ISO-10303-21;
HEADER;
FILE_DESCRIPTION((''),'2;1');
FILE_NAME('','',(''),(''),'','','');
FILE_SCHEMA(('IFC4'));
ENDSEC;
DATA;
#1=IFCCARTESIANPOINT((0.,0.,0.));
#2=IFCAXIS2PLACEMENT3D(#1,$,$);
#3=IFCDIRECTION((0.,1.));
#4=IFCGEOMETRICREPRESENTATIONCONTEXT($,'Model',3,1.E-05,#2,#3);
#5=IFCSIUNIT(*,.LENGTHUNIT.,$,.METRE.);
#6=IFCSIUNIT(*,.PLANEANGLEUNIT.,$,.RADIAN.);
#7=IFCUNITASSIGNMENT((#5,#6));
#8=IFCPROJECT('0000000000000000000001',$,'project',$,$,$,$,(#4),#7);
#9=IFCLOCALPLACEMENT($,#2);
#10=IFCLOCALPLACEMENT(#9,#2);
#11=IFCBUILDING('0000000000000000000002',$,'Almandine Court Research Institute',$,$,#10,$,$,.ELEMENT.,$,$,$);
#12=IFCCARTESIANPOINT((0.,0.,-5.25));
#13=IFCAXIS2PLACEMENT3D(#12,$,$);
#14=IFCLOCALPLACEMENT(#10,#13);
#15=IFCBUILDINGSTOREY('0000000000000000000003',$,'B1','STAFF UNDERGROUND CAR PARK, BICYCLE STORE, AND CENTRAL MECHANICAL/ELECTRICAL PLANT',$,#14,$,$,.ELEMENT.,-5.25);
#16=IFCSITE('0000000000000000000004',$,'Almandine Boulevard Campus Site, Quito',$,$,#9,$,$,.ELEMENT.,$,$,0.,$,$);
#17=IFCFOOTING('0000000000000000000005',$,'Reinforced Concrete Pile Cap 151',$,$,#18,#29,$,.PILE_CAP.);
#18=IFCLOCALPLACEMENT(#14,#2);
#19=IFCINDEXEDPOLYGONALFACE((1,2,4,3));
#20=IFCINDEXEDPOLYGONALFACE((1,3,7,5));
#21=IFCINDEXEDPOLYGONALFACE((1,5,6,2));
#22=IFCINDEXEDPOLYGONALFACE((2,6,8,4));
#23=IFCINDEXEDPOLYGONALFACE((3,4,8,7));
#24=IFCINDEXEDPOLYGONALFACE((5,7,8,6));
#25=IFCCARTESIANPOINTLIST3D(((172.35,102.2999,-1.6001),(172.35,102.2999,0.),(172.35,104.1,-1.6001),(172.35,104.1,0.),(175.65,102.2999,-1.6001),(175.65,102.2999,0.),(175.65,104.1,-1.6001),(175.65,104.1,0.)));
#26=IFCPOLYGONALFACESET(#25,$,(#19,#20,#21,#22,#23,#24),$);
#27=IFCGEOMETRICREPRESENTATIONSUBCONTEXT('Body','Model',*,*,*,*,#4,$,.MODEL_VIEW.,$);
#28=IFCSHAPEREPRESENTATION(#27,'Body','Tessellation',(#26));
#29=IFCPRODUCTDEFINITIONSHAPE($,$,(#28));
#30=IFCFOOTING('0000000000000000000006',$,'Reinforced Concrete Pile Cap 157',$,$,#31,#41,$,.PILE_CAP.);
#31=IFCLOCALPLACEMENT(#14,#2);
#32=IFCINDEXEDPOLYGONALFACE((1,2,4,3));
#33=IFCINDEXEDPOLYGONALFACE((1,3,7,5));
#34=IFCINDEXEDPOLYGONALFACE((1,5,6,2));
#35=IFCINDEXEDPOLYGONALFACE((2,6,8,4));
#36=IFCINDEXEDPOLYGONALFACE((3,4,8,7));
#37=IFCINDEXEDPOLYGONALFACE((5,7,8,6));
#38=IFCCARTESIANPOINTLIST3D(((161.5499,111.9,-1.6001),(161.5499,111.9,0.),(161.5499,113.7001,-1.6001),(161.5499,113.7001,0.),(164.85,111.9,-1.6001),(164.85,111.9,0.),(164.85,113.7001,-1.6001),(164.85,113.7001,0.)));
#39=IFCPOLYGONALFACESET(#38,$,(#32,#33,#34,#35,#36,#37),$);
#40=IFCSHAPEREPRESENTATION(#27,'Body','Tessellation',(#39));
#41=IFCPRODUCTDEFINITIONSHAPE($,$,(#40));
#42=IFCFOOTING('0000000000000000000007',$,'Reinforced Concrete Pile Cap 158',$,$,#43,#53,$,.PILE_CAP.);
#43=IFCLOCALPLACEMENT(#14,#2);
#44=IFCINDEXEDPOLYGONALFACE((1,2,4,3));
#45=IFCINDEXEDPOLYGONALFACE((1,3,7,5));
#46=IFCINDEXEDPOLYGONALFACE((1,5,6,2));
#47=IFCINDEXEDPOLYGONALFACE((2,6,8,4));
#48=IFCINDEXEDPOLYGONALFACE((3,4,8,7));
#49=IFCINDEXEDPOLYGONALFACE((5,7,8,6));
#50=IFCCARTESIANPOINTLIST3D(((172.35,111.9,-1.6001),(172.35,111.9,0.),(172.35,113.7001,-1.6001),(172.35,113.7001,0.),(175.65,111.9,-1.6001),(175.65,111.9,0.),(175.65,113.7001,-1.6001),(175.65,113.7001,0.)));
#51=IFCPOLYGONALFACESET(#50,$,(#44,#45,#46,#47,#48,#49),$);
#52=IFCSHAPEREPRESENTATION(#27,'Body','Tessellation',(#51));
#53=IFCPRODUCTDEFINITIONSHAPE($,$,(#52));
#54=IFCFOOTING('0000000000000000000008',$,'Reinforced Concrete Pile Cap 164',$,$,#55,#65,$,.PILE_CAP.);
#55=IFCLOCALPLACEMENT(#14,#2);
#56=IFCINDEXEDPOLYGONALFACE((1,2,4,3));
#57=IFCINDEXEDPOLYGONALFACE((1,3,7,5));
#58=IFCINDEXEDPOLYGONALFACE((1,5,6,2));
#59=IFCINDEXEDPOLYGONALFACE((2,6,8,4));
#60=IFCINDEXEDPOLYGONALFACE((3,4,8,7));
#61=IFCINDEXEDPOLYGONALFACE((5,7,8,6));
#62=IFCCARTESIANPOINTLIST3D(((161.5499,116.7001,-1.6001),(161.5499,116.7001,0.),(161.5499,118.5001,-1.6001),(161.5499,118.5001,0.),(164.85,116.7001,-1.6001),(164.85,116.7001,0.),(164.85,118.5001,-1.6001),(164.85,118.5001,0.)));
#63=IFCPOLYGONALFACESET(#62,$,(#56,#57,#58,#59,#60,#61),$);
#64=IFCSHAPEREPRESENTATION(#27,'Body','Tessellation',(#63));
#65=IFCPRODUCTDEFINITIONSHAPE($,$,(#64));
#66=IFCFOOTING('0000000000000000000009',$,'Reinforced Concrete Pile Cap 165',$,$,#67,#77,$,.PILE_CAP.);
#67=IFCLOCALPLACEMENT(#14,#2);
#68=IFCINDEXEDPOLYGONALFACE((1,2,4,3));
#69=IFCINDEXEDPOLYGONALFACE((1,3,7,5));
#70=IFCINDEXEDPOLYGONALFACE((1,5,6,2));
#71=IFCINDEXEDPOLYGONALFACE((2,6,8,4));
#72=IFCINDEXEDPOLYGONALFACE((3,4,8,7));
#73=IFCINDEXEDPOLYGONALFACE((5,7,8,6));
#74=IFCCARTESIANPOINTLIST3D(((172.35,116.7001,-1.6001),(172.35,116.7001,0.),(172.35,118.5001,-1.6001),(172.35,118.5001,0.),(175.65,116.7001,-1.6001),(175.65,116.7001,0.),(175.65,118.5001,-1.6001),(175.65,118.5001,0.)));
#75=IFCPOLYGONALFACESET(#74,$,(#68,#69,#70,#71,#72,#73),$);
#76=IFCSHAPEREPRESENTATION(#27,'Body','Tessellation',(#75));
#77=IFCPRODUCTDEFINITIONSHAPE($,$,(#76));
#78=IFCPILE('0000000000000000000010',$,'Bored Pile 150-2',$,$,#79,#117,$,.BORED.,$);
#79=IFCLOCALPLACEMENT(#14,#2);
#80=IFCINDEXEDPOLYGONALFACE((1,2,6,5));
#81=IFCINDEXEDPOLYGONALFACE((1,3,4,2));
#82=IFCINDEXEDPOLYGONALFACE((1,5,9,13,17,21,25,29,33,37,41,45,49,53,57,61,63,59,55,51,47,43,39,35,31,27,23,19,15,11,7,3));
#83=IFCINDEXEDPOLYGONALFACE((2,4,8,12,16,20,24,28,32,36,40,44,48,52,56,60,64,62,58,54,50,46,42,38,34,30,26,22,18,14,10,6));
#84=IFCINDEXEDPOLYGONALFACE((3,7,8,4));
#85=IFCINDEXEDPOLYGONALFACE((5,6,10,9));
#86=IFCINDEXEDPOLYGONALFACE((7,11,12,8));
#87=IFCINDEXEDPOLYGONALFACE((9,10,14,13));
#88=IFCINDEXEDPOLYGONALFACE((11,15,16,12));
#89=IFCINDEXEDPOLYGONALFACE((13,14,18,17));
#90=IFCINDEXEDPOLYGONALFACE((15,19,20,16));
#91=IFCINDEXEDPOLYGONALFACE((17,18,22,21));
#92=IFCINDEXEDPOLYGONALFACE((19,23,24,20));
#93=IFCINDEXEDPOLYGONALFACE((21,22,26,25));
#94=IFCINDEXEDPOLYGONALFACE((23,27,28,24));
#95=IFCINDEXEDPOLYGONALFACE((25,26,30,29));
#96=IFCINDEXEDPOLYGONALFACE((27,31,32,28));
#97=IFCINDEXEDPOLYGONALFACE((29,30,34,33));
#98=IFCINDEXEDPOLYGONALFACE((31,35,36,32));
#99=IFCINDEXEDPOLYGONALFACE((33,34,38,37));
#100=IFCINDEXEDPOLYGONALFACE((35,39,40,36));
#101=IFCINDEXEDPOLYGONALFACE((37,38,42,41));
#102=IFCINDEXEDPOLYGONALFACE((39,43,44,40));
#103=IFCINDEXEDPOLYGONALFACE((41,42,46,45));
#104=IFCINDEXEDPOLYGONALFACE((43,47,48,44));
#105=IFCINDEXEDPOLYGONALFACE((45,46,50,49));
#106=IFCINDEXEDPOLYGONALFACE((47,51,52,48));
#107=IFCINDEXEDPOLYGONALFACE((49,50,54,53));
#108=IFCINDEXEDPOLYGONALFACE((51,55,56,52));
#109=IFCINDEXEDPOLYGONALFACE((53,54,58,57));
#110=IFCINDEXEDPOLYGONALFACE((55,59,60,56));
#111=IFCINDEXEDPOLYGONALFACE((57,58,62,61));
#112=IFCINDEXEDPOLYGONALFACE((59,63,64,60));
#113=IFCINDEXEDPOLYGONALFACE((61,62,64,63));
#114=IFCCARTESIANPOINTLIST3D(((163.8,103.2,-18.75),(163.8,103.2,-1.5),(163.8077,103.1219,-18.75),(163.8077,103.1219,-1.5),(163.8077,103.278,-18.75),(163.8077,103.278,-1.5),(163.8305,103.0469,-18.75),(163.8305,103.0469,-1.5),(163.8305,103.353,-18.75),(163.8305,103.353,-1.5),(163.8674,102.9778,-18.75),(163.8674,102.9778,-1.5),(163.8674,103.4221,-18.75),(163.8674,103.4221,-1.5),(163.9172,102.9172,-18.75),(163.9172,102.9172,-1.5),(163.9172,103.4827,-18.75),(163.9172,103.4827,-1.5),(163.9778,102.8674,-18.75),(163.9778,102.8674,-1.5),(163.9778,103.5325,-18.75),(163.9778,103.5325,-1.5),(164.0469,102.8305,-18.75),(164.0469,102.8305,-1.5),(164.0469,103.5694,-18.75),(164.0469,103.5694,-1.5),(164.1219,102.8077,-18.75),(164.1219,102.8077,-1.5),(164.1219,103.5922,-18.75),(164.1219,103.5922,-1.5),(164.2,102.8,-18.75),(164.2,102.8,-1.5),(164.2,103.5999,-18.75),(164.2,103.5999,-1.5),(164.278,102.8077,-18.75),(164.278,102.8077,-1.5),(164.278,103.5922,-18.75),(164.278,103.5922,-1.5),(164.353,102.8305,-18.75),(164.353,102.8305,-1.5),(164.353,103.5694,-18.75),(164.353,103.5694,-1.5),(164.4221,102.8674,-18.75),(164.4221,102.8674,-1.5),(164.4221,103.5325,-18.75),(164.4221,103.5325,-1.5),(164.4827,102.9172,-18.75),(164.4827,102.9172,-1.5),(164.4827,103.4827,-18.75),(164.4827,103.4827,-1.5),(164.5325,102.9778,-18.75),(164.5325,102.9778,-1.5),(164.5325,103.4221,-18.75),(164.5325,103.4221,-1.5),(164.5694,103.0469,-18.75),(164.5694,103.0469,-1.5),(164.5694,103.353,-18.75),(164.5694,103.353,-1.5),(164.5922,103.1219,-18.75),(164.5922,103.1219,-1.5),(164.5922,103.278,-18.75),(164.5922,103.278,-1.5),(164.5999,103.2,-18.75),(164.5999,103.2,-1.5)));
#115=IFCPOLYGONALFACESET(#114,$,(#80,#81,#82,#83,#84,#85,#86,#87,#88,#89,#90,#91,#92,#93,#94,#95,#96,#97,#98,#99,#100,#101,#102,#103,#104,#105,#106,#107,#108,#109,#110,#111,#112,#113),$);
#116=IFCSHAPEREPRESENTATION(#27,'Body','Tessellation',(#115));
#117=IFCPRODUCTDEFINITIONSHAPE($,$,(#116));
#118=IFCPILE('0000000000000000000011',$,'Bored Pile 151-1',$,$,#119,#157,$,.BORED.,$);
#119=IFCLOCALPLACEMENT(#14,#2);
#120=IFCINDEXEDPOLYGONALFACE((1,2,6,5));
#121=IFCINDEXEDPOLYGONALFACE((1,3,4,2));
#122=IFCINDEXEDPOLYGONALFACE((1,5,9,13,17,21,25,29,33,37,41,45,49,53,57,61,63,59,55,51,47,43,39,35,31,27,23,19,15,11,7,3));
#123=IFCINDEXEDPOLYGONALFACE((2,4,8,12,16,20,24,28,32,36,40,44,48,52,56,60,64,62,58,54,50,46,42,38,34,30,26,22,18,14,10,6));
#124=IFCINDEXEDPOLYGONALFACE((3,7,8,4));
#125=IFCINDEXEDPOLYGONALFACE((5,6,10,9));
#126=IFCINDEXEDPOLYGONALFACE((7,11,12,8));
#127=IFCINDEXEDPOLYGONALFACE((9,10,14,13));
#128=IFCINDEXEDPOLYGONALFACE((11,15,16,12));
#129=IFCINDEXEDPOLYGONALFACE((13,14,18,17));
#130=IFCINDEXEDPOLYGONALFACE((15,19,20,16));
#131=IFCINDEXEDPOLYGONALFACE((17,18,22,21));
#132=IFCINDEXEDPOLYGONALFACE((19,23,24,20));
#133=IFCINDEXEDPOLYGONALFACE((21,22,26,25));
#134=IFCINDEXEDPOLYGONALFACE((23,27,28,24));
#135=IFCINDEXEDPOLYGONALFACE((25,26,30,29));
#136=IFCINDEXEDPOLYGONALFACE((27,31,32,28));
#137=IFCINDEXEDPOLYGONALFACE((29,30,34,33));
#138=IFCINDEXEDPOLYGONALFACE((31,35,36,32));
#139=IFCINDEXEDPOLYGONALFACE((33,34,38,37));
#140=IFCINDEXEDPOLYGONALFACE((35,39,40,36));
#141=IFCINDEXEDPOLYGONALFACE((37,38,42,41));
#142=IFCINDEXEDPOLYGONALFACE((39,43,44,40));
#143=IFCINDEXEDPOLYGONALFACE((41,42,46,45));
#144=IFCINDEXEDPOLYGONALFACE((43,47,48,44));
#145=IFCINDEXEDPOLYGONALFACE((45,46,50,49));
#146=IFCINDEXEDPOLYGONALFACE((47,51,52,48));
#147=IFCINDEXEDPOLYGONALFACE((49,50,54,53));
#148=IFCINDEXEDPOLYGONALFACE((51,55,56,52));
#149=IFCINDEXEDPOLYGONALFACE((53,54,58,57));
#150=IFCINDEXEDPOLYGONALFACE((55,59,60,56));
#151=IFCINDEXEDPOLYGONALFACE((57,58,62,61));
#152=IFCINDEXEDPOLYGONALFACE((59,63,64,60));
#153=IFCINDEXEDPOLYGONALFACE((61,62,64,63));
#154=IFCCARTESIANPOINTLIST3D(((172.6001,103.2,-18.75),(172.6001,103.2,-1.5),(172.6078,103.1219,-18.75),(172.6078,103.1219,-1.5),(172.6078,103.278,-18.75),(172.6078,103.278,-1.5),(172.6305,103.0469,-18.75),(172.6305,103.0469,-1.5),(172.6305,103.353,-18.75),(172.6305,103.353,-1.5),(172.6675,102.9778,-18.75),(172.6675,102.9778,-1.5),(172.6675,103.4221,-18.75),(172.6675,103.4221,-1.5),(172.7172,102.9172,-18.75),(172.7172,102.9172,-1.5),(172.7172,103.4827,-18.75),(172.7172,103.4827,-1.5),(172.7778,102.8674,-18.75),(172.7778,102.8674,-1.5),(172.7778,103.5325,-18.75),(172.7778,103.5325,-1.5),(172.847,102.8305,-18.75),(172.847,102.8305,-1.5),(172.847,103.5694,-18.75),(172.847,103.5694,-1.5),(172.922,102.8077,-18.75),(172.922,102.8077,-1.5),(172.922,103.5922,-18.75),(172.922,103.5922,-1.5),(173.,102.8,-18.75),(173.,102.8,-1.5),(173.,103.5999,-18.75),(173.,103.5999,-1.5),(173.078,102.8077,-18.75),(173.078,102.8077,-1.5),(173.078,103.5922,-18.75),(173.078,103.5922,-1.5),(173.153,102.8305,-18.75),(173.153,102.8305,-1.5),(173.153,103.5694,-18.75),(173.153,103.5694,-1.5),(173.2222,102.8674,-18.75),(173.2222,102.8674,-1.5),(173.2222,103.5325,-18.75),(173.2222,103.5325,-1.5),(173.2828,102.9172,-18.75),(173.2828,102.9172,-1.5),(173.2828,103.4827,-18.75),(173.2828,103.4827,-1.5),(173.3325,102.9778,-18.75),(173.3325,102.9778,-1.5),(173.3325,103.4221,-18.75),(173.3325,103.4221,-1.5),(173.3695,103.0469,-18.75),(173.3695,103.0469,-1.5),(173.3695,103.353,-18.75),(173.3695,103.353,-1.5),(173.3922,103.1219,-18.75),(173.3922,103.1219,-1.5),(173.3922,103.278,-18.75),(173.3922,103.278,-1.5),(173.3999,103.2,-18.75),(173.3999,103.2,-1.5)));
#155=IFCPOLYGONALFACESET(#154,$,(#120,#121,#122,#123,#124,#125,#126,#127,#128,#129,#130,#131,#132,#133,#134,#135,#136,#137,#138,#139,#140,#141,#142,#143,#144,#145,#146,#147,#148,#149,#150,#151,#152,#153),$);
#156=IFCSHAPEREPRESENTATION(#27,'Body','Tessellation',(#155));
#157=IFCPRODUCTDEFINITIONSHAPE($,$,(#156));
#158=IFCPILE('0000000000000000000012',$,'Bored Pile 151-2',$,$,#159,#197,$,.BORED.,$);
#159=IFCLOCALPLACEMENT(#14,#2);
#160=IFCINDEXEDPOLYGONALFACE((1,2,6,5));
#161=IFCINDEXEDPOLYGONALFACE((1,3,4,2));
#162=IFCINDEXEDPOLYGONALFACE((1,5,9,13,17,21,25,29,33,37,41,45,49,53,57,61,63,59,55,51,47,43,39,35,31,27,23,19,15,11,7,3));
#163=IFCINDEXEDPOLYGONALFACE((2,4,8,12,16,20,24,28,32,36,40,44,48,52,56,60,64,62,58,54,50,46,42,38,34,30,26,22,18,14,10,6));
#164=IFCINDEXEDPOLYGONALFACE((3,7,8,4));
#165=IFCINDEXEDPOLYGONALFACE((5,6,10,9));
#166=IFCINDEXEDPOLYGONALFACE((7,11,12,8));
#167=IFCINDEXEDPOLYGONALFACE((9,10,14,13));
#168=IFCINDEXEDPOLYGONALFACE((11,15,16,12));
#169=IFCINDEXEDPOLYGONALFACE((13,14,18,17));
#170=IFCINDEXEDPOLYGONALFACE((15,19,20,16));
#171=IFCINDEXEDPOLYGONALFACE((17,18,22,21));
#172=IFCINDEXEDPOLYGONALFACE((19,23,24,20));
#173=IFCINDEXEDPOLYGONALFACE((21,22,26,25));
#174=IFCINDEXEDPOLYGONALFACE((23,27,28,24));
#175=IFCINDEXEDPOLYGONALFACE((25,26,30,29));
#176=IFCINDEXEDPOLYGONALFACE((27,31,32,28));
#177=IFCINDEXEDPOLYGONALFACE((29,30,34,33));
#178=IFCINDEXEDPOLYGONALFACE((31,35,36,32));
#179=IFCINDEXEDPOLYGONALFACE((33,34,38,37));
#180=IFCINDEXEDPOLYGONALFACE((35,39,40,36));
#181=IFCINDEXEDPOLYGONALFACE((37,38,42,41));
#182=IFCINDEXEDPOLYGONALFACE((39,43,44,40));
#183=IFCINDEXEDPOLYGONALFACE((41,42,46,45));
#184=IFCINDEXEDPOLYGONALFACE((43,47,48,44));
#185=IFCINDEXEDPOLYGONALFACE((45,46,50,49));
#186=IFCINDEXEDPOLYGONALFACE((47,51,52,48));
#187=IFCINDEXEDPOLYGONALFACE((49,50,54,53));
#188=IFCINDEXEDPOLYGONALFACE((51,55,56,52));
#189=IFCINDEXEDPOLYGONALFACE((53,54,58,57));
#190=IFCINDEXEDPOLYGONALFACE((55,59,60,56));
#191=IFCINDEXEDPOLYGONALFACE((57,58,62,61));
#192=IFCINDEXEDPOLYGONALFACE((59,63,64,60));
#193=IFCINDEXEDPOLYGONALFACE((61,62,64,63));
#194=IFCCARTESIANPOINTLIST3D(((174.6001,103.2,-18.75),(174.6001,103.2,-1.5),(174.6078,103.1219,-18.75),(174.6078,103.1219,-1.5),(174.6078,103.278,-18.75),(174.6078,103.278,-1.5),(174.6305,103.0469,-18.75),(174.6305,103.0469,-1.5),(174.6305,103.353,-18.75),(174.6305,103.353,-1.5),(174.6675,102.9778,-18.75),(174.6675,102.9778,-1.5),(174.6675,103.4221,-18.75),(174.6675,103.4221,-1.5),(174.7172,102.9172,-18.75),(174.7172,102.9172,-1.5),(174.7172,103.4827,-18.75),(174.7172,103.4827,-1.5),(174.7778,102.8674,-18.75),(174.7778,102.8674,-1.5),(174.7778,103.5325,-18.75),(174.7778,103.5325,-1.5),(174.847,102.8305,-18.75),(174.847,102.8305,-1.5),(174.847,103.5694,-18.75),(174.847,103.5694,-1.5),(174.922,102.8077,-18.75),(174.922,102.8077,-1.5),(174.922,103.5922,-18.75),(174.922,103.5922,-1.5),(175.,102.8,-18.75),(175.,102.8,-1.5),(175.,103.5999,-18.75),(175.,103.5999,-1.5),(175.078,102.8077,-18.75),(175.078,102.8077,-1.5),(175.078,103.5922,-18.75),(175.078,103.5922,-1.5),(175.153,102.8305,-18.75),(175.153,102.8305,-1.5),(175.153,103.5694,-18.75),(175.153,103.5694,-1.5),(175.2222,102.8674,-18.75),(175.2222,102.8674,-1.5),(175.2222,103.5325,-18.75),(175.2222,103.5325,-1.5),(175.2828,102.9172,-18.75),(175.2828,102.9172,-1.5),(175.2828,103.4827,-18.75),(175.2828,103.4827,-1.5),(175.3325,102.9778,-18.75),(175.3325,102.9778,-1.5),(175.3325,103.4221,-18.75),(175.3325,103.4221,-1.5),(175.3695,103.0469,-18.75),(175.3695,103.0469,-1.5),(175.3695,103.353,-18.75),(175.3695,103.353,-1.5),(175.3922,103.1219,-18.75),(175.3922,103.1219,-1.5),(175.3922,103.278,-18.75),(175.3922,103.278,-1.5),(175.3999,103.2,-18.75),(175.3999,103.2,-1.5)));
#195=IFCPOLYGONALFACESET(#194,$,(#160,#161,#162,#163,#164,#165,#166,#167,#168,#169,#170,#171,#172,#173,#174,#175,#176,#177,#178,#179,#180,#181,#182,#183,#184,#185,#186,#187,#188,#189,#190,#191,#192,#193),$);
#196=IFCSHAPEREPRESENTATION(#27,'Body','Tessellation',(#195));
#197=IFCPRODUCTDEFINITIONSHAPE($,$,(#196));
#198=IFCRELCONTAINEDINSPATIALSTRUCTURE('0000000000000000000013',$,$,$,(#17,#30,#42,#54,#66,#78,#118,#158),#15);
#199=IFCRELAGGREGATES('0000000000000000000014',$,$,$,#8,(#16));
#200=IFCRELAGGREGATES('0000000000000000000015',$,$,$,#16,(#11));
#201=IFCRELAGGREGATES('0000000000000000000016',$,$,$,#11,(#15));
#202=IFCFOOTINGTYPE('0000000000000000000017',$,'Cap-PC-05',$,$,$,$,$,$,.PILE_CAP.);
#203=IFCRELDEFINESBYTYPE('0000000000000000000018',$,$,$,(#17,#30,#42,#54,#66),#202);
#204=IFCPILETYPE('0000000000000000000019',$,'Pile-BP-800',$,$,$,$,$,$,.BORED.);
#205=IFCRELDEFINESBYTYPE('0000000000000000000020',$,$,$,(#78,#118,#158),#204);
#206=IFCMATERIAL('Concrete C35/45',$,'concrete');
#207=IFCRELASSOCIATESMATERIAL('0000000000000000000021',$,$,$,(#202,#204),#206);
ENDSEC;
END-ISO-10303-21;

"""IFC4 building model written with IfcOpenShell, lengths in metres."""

from ifc_helpers import new_model, si_unit, direction, frame, origin, origin_2d, place, context, subcontext, project, spatial, rectangle, circle, extrude, material, material_profile, profile_set, type_object, element, save


model = new_model("IFC4")

# Units and contexts
model_context = context("Model", 3, precision=1e-05, world=origin(), true_north=direction((0.0, 1.0)))
body_context = subcontext(model_context, "Body", "Model", "MODEL_VIEW")
ifc_project = project(units=[si_unit("LENGTHUNIT", "METRE"), si_unit("PLANEANGLEUNIT", "RADIAN")], contexts=[model_context])

# Site, building, storey
site_placement = place(None, origin())
site = spatial("IfcSite", under=ifc_project, at=site_placement, Name="Almandine Boulevard Campus Site, Quito", CompositionType="ELEMENT", RefElevation=0.0)
building_placement = place(site_placement, origin())
building = spatial("IfcBuilding", under=site, at=building_placement, Name="Almandine Court Research Institute", CompositionType="ELEMENT")
storey_placement = place(building_placement, frame((0.0, 0.0, -5.25)))
storey = spatial("IfcBuildingStorey", under=building, at=storey_placement, Name="B1", Description="STAFF UNDERGROUND CAR PARK, BICYCLE STORE, AND CENTRAL MECHANICAL/ELECTRICAL PLANT", CompositionType="ELEMENT", Elevation=-5.25)

# Footings
ifc_material_1 = material(Name="Concrete C35/45", Category="concrete")
footing_type_1 = type_object("IfcFootingType", Name="Cap-PC-05", PredefinedType="PILE_CAP", material=ifc_material_1)
for number, where, z_axis, x_axis, name in (
    (1, (174.0, 103.2, -1.6001), (0.0, 0.0, 1.0), (1.0, 0.0, 0.0), "Reinforced Concrete Pile Cap 151"),
    (2, (163.2, 112.8, -1.6001), (0.0, 0.0, 1.0), (1.0, 0.0, 0.0), "Reinforced Concrete Pile Cap 157"),
    (3, (174.0, 112.8, -1.6001), (0.0, 0.0, 1.0), (1.0, 0.0, 0.0), "Reinforced Concrete Pile Cap 158"),
    (4, (163.2, 117.6001, -1.6001), (0.0, 0.0, 1.0), (1.0, 0.0, 0.0), "Reinforced Concrete Pile Cap 164"),
    (5, (174.0, 117.6001, -1.6001), (0.0, 0.0, 1.0), (1.0, 0.0, 0.0), "Reinforced Concrete Pile Cap 165"),
):
    element("IfcFooting", number, at=place(storey_placement, frame(where, z_axis=z_axis, x_axis=x_axis)), inside=storey, type_object=footing_type_1, Name=name, PredefinedType="PILE_CAP", context=body_context, shape_type="SweptSolid", body=[
        extrude(rectangle(XDim=3.3, YDim=1.8, at=origin_2d()), origin(), (0.0, 0.0, 1.0), 1.6001),
    ])

# Piles
ifc_material_profile_1 = material_profile(ifc_material_1, circle(Radius=0.3999, at=origin_2d()), Name="BORED PILE D800")
ifc_profile_set_1 = profile_set([ifc_material_profile_1], Name="Concrete C35/45")
pile_type = type_object("IfcPileType", Name="Pile-BP-800", PredefinedType="BORED", material=ifc_profile_set_1)
for number, where, z_axis, x_axis, name in (
    (6, (164.2, 103.2, -1.5), (0.0, 0.0, -1.0), (1.0, 0.0, 0.0), "Bored Pile 150-2"),
    (7, (173.0, 103.2, -1.5), (0.0, 0.0, -1.0), (1.0, 0.0, 0.0), "Bored Pile 151-1"),
    (8, (175.0, 103.2, -1.5), (0.0, 0.0, -1.0), (1.0, 0.0, 0.0), "Bored Pile 151-2"),
):
    element("IfcPile", number, at=place(storey_placement, frame(where, z_axis=z_axis, x_axis=x_axis)), inside=storey, type_object=pile_type, Name=name, PredefinedType="BORED", context=body_context, shape_type="SweptSolid", body=[
        extrude(circle(Radius=0.3999, at=origin_2d()), origin(), (0.0, 0.0, 1.0), 17.25),
    ])

save(model, "model.ifc")
